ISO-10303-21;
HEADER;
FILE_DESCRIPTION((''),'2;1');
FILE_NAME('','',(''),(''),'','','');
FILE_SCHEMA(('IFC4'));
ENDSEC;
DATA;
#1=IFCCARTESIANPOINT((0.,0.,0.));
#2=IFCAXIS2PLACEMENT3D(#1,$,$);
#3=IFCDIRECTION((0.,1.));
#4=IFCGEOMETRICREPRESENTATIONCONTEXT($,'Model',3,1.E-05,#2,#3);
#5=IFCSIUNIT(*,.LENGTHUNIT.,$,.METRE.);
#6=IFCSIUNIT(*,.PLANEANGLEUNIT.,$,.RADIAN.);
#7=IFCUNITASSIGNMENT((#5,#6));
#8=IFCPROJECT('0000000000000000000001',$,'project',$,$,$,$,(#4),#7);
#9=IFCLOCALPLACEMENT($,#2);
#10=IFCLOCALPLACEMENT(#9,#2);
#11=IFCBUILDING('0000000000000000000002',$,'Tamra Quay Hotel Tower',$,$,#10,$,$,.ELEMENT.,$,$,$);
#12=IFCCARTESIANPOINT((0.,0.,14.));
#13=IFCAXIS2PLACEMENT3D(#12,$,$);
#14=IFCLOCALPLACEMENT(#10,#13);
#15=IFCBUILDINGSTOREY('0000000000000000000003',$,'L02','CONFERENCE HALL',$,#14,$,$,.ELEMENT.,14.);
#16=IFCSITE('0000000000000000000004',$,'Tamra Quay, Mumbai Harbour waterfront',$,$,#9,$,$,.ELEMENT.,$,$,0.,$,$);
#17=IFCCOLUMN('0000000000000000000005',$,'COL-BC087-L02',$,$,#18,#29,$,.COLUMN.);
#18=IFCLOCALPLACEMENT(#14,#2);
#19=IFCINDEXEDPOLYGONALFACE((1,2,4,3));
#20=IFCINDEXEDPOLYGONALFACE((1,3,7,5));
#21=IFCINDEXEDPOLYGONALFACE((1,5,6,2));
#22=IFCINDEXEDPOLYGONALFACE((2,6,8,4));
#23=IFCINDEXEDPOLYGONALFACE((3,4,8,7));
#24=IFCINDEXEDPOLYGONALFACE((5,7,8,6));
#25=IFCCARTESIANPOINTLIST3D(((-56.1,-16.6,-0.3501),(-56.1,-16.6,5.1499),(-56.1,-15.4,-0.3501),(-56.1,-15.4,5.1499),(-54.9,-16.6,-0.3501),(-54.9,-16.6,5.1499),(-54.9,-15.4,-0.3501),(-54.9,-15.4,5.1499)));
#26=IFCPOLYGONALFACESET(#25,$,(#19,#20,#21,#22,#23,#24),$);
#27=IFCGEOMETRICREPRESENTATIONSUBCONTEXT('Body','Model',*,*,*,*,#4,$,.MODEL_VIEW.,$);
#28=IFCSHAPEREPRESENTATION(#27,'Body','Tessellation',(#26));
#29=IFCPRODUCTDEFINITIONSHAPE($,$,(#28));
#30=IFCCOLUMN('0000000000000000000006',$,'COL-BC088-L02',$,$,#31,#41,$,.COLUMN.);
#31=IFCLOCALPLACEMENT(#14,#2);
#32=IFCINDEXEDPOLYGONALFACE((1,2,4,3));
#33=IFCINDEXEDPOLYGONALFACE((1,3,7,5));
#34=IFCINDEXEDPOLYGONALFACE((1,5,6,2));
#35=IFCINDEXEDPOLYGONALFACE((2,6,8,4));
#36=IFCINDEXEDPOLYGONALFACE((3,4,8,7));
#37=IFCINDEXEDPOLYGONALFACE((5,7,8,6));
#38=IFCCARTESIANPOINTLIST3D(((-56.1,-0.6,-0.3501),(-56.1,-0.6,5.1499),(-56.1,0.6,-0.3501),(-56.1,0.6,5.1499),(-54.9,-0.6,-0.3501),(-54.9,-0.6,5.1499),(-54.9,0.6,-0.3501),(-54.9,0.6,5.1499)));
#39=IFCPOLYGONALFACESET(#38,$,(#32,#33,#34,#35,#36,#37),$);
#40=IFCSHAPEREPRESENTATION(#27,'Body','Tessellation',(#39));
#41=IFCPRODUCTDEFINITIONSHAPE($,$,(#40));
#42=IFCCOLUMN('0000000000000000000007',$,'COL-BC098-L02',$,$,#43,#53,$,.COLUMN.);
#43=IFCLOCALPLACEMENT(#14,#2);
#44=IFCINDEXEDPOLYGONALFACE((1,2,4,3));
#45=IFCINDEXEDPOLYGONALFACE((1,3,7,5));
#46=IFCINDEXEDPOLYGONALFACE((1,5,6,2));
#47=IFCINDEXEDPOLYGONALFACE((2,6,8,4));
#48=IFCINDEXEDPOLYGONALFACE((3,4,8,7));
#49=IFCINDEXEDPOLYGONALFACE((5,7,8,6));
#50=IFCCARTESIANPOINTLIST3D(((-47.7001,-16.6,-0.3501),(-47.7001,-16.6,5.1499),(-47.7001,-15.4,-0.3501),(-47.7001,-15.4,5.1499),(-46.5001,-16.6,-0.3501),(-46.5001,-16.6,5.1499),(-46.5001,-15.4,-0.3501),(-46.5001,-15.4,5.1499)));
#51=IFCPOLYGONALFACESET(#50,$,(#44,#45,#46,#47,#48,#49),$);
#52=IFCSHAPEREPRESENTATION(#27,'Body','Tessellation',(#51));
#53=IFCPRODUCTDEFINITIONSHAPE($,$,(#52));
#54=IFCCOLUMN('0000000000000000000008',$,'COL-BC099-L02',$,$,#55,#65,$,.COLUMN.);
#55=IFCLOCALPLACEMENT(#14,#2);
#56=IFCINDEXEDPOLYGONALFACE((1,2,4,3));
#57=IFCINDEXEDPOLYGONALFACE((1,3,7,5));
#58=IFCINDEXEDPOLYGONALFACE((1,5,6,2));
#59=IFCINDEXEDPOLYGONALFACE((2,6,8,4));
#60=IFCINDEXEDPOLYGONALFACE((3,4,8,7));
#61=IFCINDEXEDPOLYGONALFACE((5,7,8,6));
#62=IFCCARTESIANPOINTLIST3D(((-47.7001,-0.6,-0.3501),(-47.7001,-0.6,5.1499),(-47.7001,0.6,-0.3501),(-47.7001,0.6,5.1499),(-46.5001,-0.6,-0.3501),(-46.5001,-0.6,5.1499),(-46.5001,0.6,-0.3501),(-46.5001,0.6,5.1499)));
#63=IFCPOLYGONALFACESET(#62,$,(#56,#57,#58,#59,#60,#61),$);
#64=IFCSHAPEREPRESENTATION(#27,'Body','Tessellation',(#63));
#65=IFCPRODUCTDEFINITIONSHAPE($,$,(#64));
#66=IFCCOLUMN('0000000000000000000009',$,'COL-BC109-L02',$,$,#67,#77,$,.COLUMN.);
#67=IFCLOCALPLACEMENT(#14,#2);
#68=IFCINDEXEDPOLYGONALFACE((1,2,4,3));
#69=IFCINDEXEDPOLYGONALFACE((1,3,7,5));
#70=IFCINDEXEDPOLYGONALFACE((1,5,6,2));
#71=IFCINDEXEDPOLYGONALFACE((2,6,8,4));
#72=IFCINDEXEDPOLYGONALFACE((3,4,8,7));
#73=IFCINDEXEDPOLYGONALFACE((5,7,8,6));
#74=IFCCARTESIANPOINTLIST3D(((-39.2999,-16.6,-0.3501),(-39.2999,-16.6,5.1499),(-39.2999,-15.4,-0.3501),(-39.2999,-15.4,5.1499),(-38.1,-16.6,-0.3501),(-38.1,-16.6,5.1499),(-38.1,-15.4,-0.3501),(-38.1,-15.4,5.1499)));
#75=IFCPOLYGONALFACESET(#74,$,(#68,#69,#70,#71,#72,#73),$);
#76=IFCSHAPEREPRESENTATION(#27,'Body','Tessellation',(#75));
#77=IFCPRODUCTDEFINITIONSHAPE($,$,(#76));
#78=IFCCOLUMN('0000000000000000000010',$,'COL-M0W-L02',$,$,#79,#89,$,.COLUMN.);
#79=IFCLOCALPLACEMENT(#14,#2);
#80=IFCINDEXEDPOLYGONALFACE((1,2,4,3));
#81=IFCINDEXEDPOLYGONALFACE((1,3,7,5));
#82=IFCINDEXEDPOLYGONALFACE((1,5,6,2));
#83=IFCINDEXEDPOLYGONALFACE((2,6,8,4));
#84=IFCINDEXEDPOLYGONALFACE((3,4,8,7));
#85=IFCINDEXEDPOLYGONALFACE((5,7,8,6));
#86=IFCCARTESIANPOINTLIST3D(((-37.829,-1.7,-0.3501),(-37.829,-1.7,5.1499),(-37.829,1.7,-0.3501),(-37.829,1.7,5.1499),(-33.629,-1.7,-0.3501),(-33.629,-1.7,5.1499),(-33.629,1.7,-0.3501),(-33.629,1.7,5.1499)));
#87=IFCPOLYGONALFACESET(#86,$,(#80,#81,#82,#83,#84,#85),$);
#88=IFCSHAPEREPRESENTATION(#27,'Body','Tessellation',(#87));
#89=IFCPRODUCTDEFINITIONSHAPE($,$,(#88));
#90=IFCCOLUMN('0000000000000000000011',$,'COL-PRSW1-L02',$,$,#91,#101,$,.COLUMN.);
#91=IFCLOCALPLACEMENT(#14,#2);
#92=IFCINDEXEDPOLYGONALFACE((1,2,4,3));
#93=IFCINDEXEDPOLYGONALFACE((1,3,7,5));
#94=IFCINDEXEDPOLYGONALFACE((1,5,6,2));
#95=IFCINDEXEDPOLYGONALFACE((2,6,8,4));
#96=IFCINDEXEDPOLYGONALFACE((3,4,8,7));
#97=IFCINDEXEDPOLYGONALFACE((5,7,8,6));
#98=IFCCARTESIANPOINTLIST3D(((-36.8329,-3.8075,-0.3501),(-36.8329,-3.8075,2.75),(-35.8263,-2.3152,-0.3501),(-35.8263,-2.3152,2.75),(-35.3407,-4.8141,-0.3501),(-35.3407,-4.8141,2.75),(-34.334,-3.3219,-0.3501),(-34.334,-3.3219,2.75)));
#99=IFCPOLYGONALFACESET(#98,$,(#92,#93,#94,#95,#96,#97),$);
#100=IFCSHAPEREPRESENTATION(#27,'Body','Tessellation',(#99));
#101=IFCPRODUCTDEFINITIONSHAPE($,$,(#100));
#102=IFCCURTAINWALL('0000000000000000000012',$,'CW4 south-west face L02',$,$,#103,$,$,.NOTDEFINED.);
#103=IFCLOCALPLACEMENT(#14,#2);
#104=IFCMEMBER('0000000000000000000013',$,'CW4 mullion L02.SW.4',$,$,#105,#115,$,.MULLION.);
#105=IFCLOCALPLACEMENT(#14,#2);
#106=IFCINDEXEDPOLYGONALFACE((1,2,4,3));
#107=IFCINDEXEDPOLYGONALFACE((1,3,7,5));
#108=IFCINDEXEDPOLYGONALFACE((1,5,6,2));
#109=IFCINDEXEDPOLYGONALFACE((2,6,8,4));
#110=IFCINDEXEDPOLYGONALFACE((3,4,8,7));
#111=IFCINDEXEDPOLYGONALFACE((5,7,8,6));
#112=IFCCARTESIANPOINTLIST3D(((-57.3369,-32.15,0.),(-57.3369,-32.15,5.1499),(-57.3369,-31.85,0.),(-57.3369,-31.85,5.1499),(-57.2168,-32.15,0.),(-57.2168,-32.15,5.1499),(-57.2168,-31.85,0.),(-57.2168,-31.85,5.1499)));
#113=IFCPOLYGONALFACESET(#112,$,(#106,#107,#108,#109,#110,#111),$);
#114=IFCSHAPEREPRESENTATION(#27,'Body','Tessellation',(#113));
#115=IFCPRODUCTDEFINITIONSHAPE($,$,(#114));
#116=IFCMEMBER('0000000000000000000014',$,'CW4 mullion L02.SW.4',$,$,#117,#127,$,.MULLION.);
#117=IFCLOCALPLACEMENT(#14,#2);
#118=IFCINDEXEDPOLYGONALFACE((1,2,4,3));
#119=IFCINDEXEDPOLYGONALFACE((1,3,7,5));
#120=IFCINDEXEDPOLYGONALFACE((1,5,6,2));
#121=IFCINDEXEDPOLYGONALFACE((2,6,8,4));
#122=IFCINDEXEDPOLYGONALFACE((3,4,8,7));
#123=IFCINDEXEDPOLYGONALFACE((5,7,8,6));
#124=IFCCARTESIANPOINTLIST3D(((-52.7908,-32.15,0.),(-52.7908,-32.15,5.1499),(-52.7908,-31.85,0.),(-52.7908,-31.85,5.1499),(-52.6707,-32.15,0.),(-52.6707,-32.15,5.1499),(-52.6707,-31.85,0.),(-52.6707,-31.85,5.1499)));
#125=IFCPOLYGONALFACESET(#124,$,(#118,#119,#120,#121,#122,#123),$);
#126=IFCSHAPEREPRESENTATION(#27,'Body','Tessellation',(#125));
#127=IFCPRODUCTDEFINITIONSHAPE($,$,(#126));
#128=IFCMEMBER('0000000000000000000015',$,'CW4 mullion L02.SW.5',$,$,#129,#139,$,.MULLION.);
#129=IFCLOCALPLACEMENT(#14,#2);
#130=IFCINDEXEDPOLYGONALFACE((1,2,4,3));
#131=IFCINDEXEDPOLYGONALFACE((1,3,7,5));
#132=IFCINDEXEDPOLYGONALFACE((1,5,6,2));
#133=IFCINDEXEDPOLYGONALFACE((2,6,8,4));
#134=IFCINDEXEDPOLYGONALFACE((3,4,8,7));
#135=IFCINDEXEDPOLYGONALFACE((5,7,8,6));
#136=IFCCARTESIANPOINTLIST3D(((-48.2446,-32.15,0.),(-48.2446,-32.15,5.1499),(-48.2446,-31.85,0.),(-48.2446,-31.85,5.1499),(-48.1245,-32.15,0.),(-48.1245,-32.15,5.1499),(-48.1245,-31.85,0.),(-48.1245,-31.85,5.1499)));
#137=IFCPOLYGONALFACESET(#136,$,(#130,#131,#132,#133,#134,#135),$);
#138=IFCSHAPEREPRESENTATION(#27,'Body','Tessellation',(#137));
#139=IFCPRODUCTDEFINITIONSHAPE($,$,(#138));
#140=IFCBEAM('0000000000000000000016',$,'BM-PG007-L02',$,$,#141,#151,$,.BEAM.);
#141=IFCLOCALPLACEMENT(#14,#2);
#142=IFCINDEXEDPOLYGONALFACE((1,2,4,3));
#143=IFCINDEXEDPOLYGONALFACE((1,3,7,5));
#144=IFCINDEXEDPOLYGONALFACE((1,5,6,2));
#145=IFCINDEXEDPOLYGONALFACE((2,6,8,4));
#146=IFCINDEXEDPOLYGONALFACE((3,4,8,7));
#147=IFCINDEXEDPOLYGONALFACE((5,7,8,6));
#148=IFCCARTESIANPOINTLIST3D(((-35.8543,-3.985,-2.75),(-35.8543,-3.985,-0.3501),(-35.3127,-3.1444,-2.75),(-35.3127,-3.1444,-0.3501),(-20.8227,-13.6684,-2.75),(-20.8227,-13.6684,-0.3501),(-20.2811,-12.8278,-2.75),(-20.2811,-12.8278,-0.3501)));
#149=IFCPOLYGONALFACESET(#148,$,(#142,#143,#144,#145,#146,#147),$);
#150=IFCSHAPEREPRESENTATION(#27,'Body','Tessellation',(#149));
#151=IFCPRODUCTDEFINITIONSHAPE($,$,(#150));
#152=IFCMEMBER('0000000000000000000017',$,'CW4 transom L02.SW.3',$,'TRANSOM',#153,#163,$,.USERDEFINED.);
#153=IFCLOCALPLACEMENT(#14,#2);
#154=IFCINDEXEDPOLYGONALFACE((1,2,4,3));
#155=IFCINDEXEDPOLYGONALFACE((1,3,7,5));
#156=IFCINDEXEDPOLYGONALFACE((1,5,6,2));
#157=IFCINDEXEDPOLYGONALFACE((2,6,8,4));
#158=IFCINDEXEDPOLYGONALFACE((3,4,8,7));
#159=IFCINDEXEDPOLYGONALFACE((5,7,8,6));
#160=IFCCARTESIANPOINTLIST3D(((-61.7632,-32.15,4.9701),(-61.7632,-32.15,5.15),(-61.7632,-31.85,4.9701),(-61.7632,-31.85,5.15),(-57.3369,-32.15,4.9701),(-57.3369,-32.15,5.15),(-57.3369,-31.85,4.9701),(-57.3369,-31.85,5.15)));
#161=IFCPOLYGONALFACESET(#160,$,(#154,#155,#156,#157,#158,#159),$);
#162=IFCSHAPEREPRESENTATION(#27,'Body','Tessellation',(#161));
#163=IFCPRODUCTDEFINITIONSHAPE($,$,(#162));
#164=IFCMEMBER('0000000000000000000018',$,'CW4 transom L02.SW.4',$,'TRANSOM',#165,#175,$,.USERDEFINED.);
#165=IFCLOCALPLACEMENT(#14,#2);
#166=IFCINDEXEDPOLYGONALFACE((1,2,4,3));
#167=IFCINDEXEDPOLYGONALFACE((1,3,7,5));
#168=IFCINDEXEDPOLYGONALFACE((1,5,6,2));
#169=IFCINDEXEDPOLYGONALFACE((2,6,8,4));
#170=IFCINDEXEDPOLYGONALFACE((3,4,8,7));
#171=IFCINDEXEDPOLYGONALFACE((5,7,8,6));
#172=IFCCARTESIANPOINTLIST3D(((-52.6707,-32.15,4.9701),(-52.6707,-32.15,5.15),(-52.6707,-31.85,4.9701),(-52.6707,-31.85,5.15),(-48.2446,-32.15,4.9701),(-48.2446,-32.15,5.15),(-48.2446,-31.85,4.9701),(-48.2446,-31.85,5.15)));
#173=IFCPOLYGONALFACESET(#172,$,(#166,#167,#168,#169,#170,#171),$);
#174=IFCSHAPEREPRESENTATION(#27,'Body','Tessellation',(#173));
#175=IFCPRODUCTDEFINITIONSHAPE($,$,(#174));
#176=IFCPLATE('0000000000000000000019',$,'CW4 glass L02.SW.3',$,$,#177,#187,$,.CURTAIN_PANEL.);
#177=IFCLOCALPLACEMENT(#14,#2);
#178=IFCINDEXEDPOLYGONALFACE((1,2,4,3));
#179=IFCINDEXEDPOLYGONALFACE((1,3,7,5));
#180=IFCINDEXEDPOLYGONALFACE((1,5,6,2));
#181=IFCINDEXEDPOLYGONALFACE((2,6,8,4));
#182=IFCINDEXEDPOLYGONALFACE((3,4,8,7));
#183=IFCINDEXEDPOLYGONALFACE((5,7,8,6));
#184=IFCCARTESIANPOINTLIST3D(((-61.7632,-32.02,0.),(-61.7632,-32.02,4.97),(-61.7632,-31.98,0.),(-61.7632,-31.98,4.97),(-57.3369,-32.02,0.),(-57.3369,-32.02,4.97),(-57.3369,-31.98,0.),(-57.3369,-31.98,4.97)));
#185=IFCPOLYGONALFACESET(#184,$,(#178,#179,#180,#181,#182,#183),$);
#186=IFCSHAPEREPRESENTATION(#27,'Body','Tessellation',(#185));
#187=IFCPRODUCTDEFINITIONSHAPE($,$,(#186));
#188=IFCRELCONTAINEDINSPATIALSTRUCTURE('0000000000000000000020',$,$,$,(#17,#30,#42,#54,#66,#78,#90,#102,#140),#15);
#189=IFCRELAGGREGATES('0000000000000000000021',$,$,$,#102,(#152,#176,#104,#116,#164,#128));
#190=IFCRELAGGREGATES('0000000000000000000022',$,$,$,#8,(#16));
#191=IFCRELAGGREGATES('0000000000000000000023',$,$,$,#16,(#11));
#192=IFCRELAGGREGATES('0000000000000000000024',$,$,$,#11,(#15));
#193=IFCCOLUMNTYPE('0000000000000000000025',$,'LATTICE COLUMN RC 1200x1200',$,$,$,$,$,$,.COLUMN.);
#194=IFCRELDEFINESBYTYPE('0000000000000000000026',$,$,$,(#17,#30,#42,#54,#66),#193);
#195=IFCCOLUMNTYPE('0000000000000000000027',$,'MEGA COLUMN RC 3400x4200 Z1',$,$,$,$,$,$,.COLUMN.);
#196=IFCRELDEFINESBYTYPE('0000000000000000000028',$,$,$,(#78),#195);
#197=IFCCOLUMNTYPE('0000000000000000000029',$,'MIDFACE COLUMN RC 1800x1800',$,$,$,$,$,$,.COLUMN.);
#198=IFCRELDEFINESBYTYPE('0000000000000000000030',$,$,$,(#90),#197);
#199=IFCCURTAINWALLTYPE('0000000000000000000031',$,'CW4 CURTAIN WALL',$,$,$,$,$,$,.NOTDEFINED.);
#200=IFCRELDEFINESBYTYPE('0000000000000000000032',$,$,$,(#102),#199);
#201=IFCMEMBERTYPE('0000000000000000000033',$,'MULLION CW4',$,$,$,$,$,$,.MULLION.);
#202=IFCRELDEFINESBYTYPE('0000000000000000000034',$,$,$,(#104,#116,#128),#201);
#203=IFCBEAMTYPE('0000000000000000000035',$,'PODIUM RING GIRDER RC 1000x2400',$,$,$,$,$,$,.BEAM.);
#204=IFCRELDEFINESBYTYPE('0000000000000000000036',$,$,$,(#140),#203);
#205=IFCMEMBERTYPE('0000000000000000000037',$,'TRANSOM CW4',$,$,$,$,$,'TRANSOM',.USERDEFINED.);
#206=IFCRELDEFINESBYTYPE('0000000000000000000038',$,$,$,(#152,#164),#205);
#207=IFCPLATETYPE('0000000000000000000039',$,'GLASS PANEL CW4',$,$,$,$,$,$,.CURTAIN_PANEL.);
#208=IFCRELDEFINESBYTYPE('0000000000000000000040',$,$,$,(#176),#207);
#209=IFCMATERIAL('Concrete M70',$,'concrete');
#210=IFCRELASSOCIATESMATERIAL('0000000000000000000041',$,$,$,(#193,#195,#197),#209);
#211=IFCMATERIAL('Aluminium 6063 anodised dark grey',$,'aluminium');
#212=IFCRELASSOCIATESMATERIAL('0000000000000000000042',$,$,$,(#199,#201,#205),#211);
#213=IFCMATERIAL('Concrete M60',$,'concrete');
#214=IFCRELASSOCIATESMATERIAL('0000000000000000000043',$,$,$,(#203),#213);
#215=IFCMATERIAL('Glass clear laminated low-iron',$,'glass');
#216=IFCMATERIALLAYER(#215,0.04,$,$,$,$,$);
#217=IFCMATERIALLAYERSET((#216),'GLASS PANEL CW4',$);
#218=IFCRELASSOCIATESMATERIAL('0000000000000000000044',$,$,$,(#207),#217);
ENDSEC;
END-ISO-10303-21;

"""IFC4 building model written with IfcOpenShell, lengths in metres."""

from ifc_helpers import new_model, si_unit, direction, frame, origin, origin_2d, place, context, subcontext, project, spatial, rectangle, extrude, material, layer, layer_set, material_profile, profile_set, type_object, element, aggregate, save


model = new_model("IFC4")

# Units and contexts
model_context = context("Model", 3, precision=1e-05, world=origin(), true_north=direction((0.0, 1.0)))
body_context = subcontext(model_context, "Body", "Model", "MODEL_VIEW")
ifc_project = project(units=[si_unit("LENGTHUNIT", "METRE"), si_unit("PLANEANGLEUNIT", "RADIAN")], contexts=[model_context])

# Site, building, storey
site_placement = place(None, origin())
site = spatial("IfcSite", under=ifc_project, at=site_placement, Name="Tamra Quay, Mumbai Harbour waterfront", CompositionType="ELEMENT", RefElevation=0.0)
building_placement = place(site_placement, origin())
building = spatial("IfcBuilding", under=site, at=building_placement, Name="Tamra Quay Hotel Tower", CompositionType="ELEMENT")
storey_placement = place(building_placement, frame((0.0, 0.0, 14.0)))
storey = spatial("IfcBuildingStorey", under=building, at=storey_placement, Name="L02", Description="CONFERENCE HALL", CompositionType="ELEMENT", Elevation=14.0)

# Columns
ifc_material_1 = material(Name="Concrete M70", Category="concrete")
ifc_material_profile_1 = material_profile(ifc_material_1, rectangle(XDim=1.2, YDim=1.2, at=origin_2d()), Name="LATTICE COLUMN RC 1200x1200")
ifc_profile_set_1 = profile_set([ifc_material_profile_1], Name="Concrete M70")
column_type_1 = type_object("IfcColumnType", Name="LATTICE COLUMN RC 1200x1200", PredefinedType="COLUMN", material=ifc_profile_set_1)
for number, where, z_axis, x_axis, name in (
    (1, (-55.5, -16.0, -0.3501), (0.0, 0.0, 1.0), (1.0, 0.0, 0.0), "COL-BC087-L02"),
    (2, (-55.5, 0.0, -0.3501), (0.0, 0.0, 1.0), (1.0, 0.0, 0.0), "COL-BC088-L02"),
    (3, (-47.1001, -16.0, -0.3501), (0.0, 0.0, 1.0), (1.0, 0.0, 0.0), "COL-BC098-L02"),
    (4, (-47.1001, 0.0, -0.3501), (0.0, 0.0, 1.0), (1.0, 0.0, 0.0), "COL-BC099-L02"),
    (5, (-38.7, -16.0, -0.3501), (0.0, 0.0, 1.0), (1.0, 0.0, 0.0), "COL-BC109-L02"),
):
    element("IfcColumn", number, at=place(storey_placement, frame(where, z_axis=z_axis, x_axis=x_axis)), inside=storey, type_object=column_type_1, Name=name, PredefinedType="COLUMN", context=body_context, shape_type="SweptSolid", body=[
        extrude(rectangle(XDim=1.2, YDim=1.2, at=origin_2d()), origin(), (0.0, 0.0, 1.0), 5.5),
    ])
ifc_material_profile_2 = material_profile(ifc_material_1, rectangle(XDim=4.2, YDim=3.3999, at=origin_2d()), Name="MEGA COLUMN RC 3400x4200 Z1")
ifc_profile_set_2 = profile_set([ifc_material_profile_2], Name="Concrete M70")
column_type_2 = type_object("IfcColumnType", Name="MEGA COLUMN RC 3400x4200 Z1", PredefinedType="COLUMN", material=ifc_profile_set_2)
column_1_placement = place(storey_placement, frame((-35.729, 0.0, -0.3501), z_axis=(0.0, 0.0, 1.0), x_axis=(1.0, 0.0, 0.0)))
element("IfcColumn", 6, at=column_1_placement, inside=storey, type_object=column_type_2, Name="COL-M0W-L02", PredefinedType="COLUMN", context=body_context, shape_type="SweptSolid", body=[
    extrude(rectangle(XDim=4.2, YDim=3.3999, at=origin_2d()), origin(), (0.0, 0.0, 1.0), 5.5),
])
ifc_material_profile_3 = material_profile(ifc_material_1, rectangle(XDim=1.8, YDim=1.8, at=origin_2d()), Name="MIDFACE COLUMN RC 1800x1800")
ifc_profile_set_3 = profile_set([ifc_material_profile_3], Name="Concrete M70")
column_type_3 = type_object("IfcColumnType", Name="MIDFACE COLUMN RC 1800x1800", PredefinedType="COLUMN", material=ifc_profile_set_3)
column_2_placement = place(storey_placement, frame((-35.5835, -3.5647, -0.3501), z_axis=(0.0, 0.0, 1.0), x_axis=(0.55922, 0.829019, 0.0)))
element("IfcColumn", 7, at=column_2_placement, inside=storey, type_object=column_type_3, Name="COL-PRSW1-L02", PredefinedType="COLUMN", context=body_context, shape_type="SweptSolid", body=[
    extrude(rectangle(XDim=1.8, YDim=1.8, at=origin_2d()), origin(), (0.0, 0.0, 1.0), 3.1001),
])

# Curtain wall, members
ifc_material_2 = material(Name="Aluminium 6063 anodised dark grey", Category="aluminium")
curtain_wall_type = type_object("IfcCurtainWallType", Name="CW4 CURTAIN WALL", PredefinedType="NOTDEFINED", material=ifc_material_2)
curtain_wall_placement = place(storey_placement, origin())
curtain_wall = element("IfcCurtainWall", 8, at=curtain_wall_placement, inside=storey, type_object=curtain_wall_type, Name="CW4 south-west face L02", PredefinedType="NOTDEFINED")
ifc_material_profile_4 = material_profile(ifc_material_2, rectangle(XDim=0.3, YDim=0.1201, at=origin_2d()), Name="MULLION 120X300")
ifc_profile_set_4 = profile_set([ifc_material_profile_4], Name="Aluminium 6063 anodised dark grey")
member_type_1 = type_object("IfcMemberType", Name="MULLION CW4", PredefinedType="MULLION", material=ifc_profile_set_4)
member_1_placement = place(storey_placement, frame((-57.2769, -32.0, 0.0), z_axis=(0.0, 0.0, 1.0), x_axis=(0.0, -1.0, 0.0)))
member_1 = element("IfcMember", 9, at=member_1_placement, type_object=member_type_1, Name="CW4 mullion L02.SW.4", PredefinedType="MULLION", context=body_context, shape_type="SweptSolid", body=[
    extrude(rectangle(XDim=0.3, YDim=0.1201, at=origin_2d()), origin(), (0.0, 0.0, 1.0), 5.1499),
])
member_2_placement = place(storey_placement, frame((-52.7307, -32.0, 0.0), z_axis=(0.0, 0.0, 1.0), x_axis=(0.0, -1.0, 0.0)))
member_2 = element("IfcMember", 10, at=member_2_placement, type_object=member_type_1, Name="CW4 mullion L02.SW.4", PredefinedType="MULLION", context=body_context, shape_type="SweptSolid", body=[
    extrude(rectangle(XDim=0.3, YDim=0.1201, at=origin_2d()), origin(), (0.0, 0.0, 1.0), 5.1499),
])
member_3_placement = place(storey_placement, frame((-48.1846, -32.0, 0.0), z_axis=(0.0, 0.0, 1.0), x_axis=(0.0, -1.0, 0.0)))
member_3 = element("IfcMember", 11, at=member_3_placement, type_object=member_type_1, Name="CW4 mullion L02.SW.5", PredefinedType="MULLION", context=body_context, shape_type="SweptSolid", body=[
    extrude(rectangle(XDim=0.3, YDim=0.1201, at=origin_2d()), origin(), (0.0, 0.0, 1.0), 5.1499),
])

# Beam
ifc_material_3 = material(Name="Concrete M60", Category="concrete")
ifc_material_profile_5 = material_profile(ifc_material_3, rectangle(XDim=1.0, YDim=2.3999, at=origin_2d()), Name="PODIUM RING GIRDER RC 1000x2400")
ifc_profile_set_5 = profile_set([ifc_material_profile_5], Name="Concrete M60")
beam_type = type_object("IfcBeamType", Name="PODIUM RING GIRDER RC 1000x2400", PredefinedType="BEAM", material=ifc_profile_set_5)
beam_placement = place(storey_placement, frame((-35.5835, -3.5647, -1.55), z_axis=(0.840663, -0.541559, 0.0), x_axis=(0.541559, 0.840663, 0.0)))
element("IfcBeam", 12, at=beam_placement, inside=storey, type_object=beam_type, Name="BM-PG007-L02", PredefinedType="BEAM", context=body_context, shape_type="SweptSolid", body=[
    extrude(rectangle(XDim=1.0, YDim=2.3999, at=origin_2d()), origin(), (0.0, 0.0, 1.0), 17.8806),
])

# Members
ifc_material_profile_6 = material_profile(ifc_material_2, rectangle(XDim=0.3, YDim=0.1799, at=origin_2d()), Name="TRANSOM 300X180")
ifc_profile_set_6 = profile_set([ifc_material_profile_6], Name="Aluminium 6063 anodised dark grey")
member_type_2 = type_object("IfcMemberType", Name="TRANSOM CW4", ElementType="TRANSOM", PredefinedType="USERDEFINED", material=ifc_profile_set_6)
member_4_placement = place(storey_placement, frame((-61.7632, -32.0, 5.0601), z_axis=(1.0, 0.0, 0.0), x_axis=(0.0, 1.0, 0.0)))
member_4 = element("IfcMember", 13, at=member_4_placement, type_object=member_type_2, Name="CW4 transom L02.SW.3", ObjectType="TRANSOM", PredefinedType="USERDEFINED", context=body_context, shape_type="SweptSolid", body=[
    extrude(rectangle(XDim=0.3, YDim=0.1799, at=origin_2d()), origin(), (0.0, 0.0, 1.0), 4.4263),
])
member_5_placement = place(storey_placement, frame((-52.6707, -32.0, 5.0601), z_axis=(1.0, 0.0, 0.0), x_axis=(0.0, 1.0, 0.0)))
member_5 = element("IfcMember", 14, at=member_5_placement, type_object=member_type_2, Name="CW4 transom L02.SW.4", ObjectType="TRANSOM", PredefinedType="USERDEFINED", context=body_context, shape_type="SweptSolid", body=[
    extrude(rectangle(XDim=0.3, YDim=0.1799, at=origin_2d()), origin(), (0.0, 0.0, 1.0), 4.426),
])

# Plate
ifc_material_4 = material(Name="Glass clear laminated low-iron", Category="glass")
ifc_layer_1 = layer(ifc_material_4, 0.04)
ifc_layer_set_1 = layer_set([ifc_layer_1], Name="GLASS PANEL CW4")
plate_type = type_object("IfcPlateType", Name="GLASS PANEL CW4", PredefinedType="CURTAIN_PANEL", material=ifc_layer_set_1)
plate_1_placement = place(storey_placement, frame((-59.55, -32.0, 0.0), z_axis=(0.0, 0.0, 1.0), x_axis=(1.0, 0.0, 0.0)))
plate_1 = element("IfcPlate", 15, at=plate_1_placement, type_object=plate_type, Name="CW4 glass L02.SW.3", PredefinedType="CURTAIN_PANEL", context=body_context, shape_type="SweptSolid", body=[
    extrude(rectangle(XDim=4.4263, YDim=0.04, at=origin_2d()), origin(), (0.0, 0.0, 1.0), 4.97),
])
aggregate(curtain_wall, [member_4, plate_1, member_1, member_2, member_5, member_3])

save(model, "model.ifc")
